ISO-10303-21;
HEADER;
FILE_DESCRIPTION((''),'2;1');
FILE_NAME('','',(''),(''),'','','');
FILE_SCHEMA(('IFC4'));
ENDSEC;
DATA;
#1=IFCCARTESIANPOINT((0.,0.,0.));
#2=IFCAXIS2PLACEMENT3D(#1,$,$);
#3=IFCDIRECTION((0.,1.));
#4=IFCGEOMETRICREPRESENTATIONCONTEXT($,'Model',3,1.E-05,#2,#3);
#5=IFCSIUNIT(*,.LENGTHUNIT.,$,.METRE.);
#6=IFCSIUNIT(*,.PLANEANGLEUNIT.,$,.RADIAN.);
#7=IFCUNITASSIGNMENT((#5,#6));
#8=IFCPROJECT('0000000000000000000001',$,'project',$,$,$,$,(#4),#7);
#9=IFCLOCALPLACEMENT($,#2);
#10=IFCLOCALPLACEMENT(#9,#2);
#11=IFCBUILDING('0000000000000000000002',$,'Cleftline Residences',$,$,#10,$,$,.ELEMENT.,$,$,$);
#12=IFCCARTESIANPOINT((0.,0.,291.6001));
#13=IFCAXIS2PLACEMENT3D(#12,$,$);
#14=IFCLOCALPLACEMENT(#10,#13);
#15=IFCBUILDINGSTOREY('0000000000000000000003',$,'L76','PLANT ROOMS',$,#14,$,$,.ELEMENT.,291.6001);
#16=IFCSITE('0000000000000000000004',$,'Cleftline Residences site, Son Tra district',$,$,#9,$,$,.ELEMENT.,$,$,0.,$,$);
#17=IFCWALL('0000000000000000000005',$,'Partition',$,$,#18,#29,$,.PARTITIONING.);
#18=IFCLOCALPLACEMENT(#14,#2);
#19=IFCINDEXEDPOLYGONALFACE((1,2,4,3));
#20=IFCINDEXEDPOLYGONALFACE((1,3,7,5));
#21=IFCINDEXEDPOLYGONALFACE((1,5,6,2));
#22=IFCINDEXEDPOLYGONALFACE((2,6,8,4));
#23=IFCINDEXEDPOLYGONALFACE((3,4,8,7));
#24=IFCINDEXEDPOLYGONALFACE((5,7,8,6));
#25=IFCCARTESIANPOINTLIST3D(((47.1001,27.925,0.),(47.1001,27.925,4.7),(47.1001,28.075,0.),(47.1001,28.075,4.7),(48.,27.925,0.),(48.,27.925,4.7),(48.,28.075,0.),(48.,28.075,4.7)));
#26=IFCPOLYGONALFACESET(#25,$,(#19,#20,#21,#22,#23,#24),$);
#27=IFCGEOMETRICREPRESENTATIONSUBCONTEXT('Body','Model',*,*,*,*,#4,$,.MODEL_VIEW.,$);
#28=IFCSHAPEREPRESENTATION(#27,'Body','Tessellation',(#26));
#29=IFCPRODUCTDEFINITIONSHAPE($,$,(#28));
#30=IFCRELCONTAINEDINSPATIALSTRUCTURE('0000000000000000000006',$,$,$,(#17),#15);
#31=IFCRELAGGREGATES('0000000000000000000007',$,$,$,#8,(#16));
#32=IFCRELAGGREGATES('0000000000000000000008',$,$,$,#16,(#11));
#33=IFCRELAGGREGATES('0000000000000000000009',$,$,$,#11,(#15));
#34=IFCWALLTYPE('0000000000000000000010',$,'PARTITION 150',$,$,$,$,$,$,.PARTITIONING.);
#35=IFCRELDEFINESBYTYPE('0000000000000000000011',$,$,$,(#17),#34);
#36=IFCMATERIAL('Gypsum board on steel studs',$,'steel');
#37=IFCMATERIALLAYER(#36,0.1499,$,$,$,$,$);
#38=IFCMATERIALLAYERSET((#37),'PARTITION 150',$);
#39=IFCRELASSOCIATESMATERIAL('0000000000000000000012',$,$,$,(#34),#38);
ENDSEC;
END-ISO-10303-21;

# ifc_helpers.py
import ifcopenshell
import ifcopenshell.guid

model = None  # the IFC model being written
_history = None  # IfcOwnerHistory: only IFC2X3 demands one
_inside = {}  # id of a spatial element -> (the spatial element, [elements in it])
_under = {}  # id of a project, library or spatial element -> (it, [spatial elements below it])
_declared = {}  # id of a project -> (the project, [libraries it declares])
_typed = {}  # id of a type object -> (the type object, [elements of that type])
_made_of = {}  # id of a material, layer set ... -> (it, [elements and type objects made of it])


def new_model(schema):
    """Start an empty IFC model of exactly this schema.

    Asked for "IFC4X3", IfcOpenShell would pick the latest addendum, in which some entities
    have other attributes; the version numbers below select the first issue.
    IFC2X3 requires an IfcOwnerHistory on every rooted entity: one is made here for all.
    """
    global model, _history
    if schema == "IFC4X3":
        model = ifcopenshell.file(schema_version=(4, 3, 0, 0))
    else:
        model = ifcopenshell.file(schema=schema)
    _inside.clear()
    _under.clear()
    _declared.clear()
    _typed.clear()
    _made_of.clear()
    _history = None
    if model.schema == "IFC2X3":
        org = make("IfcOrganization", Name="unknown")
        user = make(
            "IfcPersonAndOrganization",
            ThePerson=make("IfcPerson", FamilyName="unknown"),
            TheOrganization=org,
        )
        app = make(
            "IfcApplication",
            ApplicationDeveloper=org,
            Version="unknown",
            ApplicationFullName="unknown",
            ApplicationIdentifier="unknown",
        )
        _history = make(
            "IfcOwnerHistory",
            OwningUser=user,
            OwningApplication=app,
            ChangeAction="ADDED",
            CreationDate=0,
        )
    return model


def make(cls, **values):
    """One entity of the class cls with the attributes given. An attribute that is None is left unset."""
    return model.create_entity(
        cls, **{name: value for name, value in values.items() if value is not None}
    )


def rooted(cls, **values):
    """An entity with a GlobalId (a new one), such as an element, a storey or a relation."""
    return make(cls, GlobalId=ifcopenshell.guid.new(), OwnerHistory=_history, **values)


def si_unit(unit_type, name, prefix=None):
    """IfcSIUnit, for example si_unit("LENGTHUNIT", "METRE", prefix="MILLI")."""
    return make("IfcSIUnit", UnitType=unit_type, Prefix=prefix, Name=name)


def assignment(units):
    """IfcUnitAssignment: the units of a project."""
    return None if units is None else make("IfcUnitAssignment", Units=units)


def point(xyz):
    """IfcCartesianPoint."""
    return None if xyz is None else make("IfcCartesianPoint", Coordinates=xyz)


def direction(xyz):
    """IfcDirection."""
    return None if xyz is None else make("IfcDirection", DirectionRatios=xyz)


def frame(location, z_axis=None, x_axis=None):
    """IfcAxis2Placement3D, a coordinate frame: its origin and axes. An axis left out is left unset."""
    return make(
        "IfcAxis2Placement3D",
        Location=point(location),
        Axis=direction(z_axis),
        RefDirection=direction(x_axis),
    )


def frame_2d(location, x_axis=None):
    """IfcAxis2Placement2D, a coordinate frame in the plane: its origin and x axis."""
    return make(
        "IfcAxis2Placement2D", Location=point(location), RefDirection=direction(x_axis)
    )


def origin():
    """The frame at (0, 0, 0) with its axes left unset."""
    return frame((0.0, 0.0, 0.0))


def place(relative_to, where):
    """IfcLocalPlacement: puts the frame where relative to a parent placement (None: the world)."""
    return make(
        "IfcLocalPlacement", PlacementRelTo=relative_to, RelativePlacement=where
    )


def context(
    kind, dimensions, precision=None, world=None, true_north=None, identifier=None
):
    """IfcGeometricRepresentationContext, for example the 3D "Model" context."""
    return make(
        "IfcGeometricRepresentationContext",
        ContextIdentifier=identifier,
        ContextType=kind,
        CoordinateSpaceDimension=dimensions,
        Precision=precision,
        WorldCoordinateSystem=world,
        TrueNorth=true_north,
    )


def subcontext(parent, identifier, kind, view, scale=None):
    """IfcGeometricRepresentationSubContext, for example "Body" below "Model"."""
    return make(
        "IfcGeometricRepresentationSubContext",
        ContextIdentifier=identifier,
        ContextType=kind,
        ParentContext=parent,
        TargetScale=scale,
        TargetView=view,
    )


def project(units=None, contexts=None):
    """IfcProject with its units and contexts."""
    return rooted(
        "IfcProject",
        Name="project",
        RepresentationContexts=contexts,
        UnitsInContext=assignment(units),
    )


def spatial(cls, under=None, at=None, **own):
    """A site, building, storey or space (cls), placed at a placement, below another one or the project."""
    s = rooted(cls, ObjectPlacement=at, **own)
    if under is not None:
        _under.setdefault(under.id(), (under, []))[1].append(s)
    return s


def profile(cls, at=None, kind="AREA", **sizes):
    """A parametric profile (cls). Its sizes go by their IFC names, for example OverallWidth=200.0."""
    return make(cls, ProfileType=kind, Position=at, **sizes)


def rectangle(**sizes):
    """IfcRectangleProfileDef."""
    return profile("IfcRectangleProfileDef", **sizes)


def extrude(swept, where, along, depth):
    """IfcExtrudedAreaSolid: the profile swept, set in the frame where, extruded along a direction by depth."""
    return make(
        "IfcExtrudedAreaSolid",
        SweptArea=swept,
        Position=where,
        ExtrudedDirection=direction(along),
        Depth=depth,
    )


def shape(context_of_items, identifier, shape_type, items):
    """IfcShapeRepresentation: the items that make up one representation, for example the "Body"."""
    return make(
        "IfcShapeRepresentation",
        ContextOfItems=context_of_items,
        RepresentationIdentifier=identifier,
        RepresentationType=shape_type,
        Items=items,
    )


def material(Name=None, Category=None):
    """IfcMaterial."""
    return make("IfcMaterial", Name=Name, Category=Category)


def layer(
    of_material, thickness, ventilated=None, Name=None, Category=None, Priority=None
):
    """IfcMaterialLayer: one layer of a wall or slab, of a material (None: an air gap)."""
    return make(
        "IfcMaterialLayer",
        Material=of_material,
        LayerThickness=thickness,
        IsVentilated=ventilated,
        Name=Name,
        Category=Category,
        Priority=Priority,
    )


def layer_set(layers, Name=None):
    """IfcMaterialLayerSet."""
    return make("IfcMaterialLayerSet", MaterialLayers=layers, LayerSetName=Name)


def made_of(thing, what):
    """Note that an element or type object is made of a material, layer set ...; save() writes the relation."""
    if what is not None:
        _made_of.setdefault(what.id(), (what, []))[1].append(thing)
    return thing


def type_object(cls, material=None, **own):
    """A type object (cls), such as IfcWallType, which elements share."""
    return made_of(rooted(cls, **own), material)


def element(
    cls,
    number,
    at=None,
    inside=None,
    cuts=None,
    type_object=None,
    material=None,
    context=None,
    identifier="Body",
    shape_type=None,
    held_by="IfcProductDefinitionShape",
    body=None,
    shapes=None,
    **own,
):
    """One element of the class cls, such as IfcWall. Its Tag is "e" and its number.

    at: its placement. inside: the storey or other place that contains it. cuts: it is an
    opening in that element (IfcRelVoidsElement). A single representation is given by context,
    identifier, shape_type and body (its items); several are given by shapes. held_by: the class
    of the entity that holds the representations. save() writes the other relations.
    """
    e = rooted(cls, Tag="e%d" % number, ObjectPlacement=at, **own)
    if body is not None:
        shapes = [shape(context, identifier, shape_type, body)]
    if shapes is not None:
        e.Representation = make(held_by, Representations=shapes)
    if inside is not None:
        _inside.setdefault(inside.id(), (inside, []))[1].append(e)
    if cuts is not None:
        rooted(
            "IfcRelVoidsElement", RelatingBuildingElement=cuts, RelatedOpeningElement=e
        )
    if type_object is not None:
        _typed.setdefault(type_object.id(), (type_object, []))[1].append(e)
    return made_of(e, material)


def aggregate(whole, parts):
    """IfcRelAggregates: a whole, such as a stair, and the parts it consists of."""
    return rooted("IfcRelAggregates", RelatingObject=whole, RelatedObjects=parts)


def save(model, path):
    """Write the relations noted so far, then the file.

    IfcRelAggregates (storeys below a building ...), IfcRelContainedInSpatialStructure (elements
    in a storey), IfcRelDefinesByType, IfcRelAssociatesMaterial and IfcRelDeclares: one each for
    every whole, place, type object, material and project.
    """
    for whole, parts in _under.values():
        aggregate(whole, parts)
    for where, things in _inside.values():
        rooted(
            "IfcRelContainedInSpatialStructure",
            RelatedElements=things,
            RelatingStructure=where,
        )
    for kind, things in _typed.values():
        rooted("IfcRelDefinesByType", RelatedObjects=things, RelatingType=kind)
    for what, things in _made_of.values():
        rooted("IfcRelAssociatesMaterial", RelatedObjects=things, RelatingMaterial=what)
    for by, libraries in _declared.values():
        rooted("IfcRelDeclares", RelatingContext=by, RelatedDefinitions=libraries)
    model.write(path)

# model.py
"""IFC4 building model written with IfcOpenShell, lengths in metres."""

from ifc_helpers import new_model, si_unit, direction, frame, frame_2d, origin, place, context, subcontext, project, spatial, rectangle, extrude, material, layer, layer_set, type_object, element, save


model = new_model("IFC4")

# Units and contexts
model_context = context("Model", 3, precision=1e-05, world=origin(), true_north=direction((0.0, 1.0)))
body_context = subcontext(model_context, "Body", "Model", "MODEL_VIEW")
ifc_project = project(units=[si_unit("LENGTHUNIT", "METRE"), si_unit("PLANEANGLEUNIT", "RADIAN")], contexts=[model_context])

# Site, building, storey
site_placement = place(None, origin())
site = spatial("IfcSite", under=ifc_project, at=site_placement, Name="Cleftline Residences site, Son Tra district", CompositionType="ELEMENT", RefElevation=0.0)
building_placement = place(site_placement, origin())
building = spatial("IfcBuilding", under=site, at=building_placement, Name="Cleftline Residences", CompositionType="ELEMENT")
storey_placement = place(building_placement, frame((0.0, 0.0, 291.6001)))
storey = spatial("IfcBuildingStorey", under=building, at=storey_placement, Name="L76", Description="PLANT ROOMS", CompositionType="ELEMENT", Elevation=291.6001)

# Wall
ifc_material_1 = material(Name="Gypsum board on steel studs", Category="steel")
ifc_layer_1 = layer(ifc_material_1, 0.1499)
ifc_layer_set_1 = layer_set([ifc_layer_1], Name="PARTITION 150")
wall_type_1 = type_object("IfcWallType", Name="PARTITION 150", PredefinedType="PARTITIONING", material=ifc_layer_set_1)
wall_1_placement = place(storey_placement, frame((47.1001, 28.0, 0.0), z_axis=(0.0, 0.0, 1.0), x_axis=(1.0, 0.0, 0.0)))
element("IfcWall", 1, at=wall_1_placement, inside=storey, type_object=wall_type_1, Name="Partition", PredefinedType="PARTITIONING", context=body_context, shape_type="SweptSolid", body=[
    extrude(rectangle(XDim=0.8999, YDim=0.1499, at=frame_2d((0.45, 0.0))), origin(), (0.0, 0.0, 1.0), 4.7),
])

save(model, "model.ifc")
